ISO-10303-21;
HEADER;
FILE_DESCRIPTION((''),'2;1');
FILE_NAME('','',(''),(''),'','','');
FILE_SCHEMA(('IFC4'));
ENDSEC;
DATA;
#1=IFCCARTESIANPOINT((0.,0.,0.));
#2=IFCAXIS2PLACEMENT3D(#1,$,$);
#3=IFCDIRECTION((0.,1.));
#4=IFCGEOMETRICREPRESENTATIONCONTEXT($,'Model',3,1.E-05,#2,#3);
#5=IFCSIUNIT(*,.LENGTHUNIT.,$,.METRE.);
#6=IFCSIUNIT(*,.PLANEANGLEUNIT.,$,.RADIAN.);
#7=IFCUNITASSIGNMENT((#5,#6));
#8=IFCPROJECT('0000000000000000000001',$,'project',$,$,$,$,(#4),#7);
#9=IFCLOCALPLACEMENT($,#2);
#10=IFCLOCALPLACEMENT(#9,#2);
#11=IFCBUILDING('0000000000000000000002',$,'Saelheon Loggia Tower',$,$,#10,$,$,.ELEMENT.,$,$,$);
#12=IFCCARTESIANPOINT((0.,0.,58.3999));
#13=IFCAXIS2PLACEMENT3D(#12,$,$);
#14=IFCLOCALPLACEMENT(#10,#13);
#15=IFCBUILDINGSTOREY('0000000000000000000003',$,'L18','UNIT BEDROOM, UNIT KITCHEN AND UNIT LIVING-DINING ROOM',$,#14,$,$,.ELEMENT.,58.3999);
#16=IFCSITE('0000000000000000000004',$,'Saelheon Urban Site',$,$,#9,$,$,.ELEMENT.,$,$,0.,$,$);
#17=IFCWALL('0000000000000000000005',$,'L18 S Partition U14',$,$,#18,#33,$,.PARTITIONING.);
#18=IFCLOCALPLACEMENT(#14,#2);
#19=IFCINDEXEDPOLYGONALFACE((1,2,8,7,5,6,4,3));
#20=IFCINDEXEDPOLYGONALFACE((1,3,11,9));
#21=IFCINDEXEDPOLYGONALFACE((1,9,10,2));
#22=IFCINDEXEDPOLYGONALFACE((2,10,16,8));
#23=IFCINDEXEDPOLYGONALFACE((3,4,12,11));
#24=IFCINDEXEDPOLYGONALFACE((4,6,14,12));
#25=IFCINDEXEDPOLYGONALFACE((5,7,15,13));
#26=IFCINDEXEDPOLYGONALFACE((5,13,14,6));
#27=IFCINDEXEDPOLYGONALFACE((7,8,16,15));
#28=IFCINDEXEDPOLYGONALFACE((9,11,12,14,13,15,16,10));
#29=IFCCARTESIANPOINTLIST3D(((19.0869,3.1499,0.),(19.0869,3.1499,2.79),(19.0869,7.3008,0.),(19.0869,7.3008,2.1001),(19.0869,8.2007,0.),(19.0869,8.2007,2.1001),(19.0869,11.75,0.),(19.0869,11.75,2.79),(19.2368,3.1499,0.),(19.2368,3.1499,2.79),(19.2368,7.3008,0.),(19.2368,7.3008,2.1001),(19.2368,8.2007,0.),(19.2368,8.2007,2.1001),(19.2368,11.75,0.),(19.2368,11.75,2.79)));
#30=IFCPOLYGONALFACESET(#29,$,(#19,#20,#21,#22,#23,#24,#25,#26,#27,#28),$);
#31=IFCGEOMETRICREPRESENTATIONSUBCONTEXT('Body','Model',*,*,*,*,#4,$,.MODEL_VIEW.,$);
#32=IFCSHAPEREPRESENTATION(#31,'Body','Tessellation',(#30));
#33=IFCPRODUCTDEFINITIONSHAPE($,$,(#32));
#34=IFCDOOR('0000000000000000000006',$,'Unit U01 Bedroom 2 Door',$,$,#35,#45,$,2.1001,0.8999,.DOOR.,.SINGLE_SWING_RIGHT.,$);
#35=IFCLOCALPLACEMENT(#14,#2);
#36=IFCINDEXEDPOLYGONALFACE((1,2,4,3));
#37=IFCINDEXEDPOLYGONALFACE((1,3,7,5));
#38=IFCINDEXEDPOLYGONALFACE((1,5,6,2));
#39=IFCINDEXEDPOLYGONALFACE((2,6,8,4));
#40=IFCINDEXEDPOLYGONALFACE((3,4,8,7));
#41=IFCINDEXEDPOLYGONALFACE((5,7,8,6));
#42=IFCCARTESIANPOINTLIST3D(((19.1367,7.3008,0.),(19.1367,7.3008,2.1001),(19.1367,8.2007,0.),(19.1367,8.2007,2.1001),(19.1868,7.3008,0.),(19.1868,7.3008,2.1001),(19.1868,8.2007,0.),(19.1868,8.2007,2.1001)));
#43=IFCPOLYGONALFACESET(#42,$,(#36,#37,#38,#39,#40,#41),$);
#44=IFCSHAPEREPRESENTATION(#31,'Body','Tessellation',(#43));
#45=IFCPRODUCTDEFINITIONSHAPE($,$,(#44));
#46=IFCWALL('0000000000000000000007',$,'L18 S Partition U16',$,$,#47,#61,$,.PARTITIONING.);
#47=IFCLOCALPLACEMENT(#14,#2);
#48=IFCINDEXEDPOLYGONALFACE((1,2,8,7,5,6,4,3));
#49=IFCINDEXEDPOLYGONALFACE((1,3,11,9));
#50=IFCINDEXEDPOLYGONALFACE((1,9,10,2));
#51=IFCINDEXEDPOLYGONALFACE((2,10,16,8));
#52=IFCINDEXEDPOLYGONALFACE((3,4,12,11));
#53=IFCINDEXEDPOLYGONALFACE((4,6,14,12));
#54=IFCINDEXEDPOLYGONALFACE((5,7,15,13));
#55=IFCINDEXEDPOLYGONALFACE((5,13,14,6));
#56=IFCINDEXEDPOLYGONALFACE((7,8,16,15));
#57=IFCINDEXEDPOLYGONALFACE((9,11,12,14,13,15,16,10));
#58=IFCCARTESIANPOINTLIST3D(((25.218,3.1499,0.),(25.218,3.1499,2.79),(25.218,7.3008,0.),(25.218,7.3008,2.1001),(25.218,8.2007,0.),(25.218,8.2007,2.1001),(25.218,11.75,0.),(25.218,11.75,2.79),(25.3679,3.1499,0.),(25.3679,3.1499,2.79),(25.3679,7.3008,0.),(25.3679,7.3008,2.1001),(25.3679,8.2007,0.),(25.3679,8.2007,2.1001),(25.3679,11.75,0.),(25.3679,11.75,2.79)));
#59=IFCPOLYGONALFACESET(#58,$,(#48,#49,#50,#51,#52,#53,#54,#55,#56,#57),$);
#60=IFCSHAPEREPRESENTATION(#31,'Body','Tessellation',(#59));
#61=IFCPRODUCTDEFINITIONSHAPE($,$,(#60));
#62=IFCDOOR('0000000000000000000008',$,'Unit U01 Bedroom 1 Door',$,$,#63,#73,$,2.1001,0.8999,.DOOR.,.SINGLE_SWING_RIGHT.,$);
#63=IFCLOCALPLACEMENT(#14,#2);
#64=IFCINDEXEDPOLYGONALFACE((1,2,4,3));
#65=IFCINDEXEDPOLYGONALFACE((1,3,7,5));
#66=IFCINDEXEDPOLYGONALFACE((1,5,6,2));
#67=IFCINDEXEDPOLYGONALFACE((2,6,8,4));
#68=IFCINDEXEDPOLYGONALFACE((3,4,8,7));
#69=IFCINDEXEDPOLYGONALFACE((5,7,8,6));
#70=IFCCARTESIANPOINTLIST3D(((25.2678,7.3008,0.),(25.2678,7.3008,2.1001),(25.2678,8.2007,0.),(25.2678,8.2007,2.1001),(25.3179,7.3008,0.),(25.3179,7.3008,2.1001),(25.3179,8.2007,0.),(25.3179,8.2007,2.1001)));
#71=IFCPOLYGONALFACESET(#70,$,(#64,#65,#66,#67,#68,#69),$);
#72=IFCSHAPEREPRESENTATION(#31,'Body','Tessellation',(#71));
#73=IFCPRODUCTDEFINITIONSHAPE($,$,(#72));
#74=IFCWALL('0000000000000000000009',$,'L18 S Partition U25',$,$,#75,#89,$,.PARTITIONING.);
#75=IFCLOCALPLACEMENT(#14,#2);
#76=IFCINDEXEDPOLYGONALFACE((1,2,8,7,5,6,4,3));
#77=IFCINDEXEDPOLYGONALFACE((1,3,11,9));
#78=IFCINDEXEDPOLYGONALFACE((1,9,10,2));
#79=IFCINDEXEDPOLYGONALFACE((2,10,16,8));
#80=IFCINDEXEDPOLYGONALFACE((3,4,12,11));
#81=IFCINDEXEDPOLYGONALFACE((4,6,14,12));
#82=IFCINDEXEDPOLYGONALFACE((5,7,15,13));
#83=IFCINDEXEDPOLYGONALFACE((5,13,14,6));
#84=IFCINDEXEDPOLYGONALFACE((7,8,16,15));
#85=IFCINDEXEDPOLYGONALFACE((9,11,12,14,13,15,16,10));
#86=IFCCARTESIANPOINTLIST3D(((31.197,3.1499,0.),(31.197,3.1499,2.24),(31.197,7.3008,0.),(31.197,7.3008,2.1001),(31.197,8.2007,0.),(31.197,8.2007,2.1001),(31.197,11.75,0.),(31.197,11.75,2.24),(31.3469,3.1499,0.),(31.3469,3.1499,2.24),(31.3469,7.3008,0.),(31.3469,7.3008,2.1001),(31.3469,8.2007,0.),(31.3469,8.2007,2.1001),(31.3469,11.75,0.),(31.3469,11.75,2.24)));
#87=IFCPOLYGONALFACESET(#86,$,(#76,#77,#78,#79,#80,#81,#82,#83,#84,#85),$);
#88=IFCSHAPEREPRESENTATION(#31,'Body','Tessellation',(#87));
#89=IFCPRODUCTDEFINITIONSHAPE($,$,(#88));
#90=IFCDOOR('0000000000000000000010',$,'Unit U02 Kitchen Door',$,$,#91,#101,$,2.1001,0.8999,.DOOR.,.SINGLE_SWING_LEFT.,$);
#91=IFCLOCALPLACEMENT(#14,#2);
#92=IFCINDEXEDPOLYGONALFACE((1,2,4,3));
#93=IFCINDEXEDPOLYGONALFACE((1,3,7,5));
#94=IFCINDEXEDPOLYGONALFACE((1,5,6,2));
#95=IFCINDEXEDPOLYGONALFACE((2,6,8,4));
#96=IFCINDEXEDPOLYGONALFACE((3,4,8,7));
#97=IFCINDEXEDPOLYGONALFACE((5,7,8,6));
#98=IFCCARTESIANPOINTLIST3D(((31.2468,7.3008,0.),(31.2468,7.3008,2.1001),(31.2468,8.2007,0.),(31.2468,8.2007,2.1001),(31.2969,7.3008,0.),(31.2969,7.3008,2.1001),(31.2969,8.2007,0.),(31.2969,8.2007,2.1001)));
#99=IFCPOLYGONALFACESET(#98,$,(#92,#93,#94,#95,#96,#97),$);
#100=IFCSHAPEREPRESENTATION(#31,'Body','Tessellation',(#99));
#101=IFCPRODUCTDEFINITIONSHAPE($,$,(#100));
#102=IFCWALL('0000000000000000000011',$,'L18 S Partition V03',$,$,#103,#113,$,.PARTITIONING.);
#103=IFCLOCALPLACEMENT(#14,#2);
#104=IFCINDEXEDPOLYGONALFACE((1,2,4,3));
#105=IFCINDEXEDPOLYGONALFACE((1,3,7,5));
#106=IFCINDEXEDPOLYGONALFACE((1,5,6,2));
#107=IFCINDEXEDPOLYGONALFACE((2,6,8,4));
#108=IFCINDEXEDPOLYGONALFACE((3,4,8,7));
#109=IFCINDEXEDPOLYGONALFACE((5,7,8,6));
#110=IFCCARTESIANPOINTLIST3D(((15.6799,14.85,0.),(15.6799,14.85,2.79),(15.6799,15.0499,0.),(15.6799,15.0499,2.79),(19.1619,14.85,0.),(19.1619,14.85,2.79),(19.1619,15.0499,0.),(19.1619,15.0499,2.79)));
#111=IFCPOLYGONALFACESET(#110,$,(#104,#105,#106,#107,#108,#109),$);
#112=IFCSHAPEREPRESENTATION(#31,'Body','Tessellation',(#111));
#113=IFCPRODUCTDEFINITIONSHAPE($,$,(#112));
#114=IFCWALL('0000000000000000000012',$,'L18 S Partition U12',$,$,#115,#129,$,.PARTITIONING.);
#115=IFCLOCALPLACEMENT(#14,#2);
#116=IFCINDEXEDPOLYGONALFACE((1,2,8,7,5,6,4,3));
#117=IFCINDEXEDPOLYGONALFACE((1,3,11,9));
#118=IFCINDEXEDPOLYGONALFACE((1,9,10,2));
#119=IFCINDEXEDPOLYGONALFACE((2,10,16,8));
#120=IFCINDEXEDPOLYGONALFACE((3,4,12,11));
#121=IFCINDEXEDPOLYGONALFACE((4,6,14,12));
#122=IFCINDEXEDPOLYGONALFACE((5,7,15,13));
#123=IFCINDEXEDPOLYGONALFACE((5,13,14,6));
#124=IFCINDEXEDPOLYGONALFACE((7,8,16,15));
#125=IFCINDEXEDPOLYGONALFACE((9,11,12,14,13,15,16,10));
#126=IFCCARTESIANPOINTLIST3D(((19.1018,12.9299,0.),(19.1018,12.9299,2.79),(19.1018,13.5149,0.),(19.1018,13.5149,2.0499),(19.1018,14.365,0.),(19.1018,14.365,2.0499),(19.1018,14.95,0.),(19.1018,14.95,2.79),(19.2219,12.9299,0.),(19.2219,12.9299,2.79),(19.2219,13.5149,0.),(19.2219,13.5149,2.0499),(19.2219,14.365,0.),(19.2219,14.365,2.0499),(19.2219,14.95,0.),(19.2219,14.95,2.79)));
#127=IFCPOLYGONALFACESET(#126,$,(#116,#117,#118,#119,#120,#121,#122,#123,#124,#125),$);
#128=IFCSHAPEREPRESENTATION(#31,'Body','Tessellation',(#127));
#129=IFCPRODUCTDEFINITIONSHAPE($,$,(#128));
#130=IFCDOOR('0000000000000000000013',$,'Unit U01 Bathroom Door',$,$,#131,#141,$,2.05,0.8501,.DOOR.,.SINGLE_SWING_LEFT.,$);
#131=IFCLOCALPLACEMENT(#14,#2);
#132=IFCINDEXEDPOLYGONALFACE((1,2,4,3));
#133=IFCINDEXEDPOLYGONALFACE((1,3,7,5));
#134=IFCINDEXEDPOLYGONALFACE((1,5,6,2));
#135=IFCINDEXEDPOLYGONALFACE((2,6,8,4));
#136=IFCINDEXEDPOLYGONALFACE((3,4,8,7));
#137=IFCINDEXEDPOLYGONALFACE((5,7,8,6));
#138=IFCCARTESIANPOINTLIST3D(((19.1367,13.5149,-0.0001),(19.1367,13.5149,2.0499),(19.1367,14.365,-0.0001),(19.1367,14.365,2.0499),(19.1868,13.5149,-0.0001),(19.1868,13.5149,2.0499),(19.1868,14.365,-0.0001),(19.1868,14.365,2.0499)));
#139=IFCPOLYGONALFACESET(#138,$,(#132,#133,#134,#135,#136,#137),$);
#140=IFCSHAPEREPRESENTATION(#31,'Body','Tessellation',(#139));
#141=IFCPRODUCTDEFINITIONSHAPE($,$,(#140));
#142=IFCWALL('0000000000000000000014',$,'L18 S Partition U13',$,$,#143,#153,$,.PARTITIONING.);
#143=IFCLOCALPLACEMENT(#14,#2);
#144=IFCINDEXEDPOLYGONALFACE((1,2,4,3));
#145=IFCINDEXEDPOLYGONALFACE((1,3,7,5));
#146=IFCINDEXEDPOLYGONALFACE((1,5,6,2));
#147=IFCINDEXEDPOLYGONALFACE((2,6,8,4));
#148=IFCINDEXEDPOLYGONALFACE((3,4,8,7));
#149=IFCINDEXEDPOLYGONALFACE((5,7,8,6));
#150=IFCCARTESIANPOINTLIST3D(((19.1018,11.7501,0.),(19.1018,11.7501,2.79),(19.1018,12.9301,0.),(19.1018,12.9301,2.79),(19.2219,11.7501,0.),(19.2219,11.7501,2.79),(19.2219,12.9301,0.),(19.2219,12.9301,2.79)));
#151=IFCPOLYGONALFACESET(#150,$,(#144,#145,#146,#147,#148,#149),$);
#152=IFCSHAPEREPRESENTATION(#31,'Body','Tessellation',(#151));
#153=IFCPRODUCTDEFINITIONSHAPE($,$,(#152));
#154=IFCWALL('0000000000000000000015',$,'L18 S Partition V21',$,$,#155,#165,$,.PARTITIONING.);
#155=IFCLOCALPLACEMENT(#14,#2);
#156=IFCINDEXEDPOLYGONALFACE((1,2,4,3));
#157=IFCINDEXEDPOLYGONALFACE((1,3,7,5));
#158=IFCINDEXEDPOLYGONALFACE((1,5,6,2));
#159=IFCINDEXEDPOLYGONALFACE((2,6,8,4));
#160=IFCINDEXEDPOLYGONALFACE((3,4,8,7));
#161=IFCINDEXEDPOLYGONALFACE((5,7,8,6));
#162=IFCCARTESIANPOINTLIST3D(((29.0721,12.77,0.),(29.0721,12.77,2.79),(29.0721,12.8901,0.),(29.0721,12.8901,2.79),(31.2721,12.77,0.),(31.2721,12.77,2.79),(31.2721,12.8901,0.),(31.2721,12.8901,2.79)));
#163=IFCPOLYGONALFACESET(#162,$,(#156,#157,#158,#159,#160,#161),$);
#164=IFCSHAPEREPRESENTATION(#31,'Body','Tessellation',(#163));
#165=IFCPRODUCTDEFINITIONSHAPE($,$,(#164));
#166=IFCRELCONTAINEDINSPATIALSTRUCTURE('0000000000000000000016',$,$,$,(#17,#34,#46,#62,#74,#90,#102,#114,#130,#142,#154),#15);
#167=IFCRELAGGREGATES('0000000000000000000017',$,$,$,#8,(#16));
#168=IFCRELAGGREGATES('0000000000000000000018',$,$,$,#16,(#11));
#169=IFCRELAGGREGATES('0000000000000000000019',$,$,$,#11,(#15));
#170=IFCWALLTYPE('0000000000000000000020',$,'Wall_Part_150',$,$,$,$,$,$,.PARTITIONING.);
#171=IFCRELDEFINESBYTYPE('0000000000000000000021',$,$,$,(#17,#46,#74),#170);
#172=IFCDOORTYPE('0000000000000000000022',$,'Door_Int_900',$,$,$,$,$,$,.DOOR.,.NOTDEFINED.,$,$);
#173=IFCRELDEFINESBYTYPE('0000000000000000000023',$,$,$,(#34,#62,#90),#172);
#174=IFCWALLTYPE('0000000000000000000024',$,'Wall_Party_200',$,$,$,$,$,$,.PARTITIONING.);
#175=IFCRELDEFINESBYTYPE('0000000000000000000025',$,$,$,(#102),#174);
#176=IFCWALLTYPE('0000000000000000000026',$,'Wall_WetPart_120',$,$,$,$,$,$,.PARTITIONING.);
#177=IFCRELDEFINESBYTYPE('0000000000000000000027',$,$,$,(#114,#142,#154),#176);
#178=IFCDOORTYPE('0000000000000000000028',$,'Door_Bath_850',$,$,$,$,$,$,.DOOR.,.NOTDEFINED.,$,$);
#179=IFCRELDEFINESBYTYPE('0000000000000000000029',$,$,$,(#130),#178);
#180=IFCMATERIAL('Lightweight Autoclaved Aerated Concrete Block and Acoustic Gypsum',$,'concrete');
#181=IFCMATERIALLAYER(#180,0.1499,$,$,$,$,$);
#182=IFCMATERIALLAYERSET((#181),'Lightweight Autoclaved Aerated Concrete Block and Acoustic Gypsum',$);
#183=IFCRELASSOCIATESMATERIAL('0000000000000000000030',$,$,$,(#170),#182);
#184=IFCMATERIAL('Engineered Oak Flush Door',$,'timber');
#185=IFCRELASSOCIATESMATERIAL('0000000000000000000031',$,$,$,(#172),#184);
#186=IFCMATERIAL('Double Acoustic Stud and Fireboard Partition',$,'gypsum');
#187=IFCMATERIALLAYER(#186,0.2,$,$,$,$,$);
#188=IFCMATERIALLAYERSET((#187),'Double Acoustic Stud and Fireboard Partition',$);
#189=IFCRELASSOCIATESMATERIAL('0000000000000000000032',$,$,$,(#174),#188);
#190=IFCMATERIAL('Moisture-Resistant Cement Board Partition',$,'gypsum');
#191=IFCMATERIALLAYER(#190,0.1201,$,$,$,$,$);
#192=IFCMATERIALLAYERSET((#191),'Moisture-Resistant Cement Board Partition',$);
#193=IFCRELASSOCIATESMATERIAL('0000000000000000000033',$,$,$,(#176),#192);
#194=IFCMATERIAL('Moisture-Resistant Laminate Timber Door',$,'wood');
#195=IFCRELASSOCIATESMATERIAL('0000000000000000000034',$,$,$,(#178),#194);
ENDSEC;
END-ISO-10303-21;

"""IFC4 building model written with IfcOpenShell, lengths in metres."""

from ifc_helpers import new_model, si_unit, direction, frame, frame_2d, origin, place, context, subcontext, project, spatial, rectangle, extrude, source, transform, mapped, material, layer, layer_set, type_object, element, fill, save


model = new_model("IFC4")

# Units and contexts
model_context = context("Model", 3, precision=1e-05, world=origin(), true_north=direction((0.0, 1.0)))
body_context = subcontext(model_context, "Body", "Model", "MODEL_VIEW")
ifc_project = project(units=[si_unit("LENGTHUNIT", "METRE"), si_unit("PLANEANGLEUNIT", "RADIAN")], contexts=[model_context])

# Site, building, storey
site_placement = place(None, origin())
site = spatial("IfcSite", under=ifc_project, at=site_placement, Name="Saelheon Urban Site", CompositionType="ELEMENT", RefElevation=0.0)
building_placement = place(site_placement, origin())
building = spatial("IfcBuilding", under=site, at=building_placement, Name="Saelheon Loggia Tower", CompositionType="ELEMENT")
storey_placement = place(building_placement, frame((0.0, 0.0, 58.3999)))
storey = spatial("IfcBuildingStorey", under=building, at=storey_placement, Name="L18", Description="UNIT BEDROOM, UNIT KITCHEN AND UNIT LIVING-DINING ROOM", CompositionType="ELEMENT", Elevation=58.3999)

# Shared definitions
ifc_material_1 = material(Name="Lightweight Autoclaved Aerated Concrete Block and Acoustic Gypsum", Category="concrete")
ifc_layer_1 = layer(ifc_material_1, 0.1499)
ifc_layer_set_1 = layer_set([ifc_layer_1], Name="Lightweight Autoclaved Aerated Concrete Block and Acoustic Gypsum")
wall_type_1 = type_object("IfcWallType", Name="Wall_Part_150", PredefinedType="PARTITIONING", material=ifc_layer_set_1)
ifc_material_2 = material(Name="Engineered Oak Flush Door", Category="timber")
door_type_1 = type_object("IfcDoorType", Name="Door_Int_900", OperationType="NOTDEFINED", PredefinedType="DOOR", material=ifc_material_2)
shared_shape_1 = source(origin(), body_context, "Body", "SweptSolid", [
    extrude(rectangle(XDim=0.8999, YDim=2.1001, at=frame_2d((0.45, 1.05))), frame((0.0, 0.0249, 0.0), z_axis=(0.0, -1.0, 0.0), x_axis=(1.0, 0.0, 0.0)), (0.0, 0.0, 1.0), 0.05),
])

# Walls, openings, doors
wall_1_placement = place(storey_placement, frame((19.1619, 11.75, 0.0), z_axis=(0.0, 0.0, 1.0), x_axis=(0.0, -1.0, 0.0)))
wall_1 = element("IfcWall", 1, at=wall_1_placement, inside=storey, type_object=wall_type_1, Name="L18 S Partition U14", PredefinedType="PARTITIONING", context=body_context, shape_type="SweptSolid", body=[
    extrude(rectangle(XDim=8.6001, YDim=0.1499, at=frame_2d((4.3, 0.0))), origin(), (0.0, 0.0, 1.0), 2.79),
])
opening_1_placement = place(wall_1_placement, frame((3.5493, 0.0, 0.0)))
opening_1 = element("IfcOpeningElement", 2, at=opening_1_placement, cuts=wall_1, PredefinedType="OPENING", context=body_context, shape_type="SweptSolid", body=[
    extrude(rectangle(XDim=0.8999, YDim=2.1001, at=frame_2d((0.45, 1.05))), frame((0.0, 0.0869, 0.0), z_axis=(0.0, -1.0, 0.0), x_axis=(1.0, 0.0, 0.0)), (0.0, 0.0, 1.0), 0.1738),
])
door_1_placement = place(opening_1_placement, origin())
door_1 = element("IfcDoor", 3, at=door_1_placement, inside=storey, type_object=door_type_1, Name="Unit U01 Bedroom 2 Door", OperationType="SINGLE_SWING_RIGHT", OverallHeight=2.1001, OverallWidth=0.8999, PredefinedType="DOOR", context=body_context, shape_type="MappedRepresentation", body=[
    mapped(shared_shape_1, transform((0.0, 0.0, 0.0), scale=1.0)),
])
fill(opening_1, door_1)
wall_2_placement = place(storey_placement, frame((25.293, 11.75, 0.0), z_axis=(0.0, 0.0, 1.0), x_axis=(0.0, -1.0, 0.0)))
wall_2 = element("IfcWall", 4, at=wall_2_placement, inside=storey, type_object=wall_type_1, Name="L18 S Partition U16", PredefinedType="PARTITIONING", context=body_context, shape_type="SweptSolid", body=[
    extrude(rectangle(XDim=8.6001, YDim=0.1499, at=frame_2d((4.3, 0.0))), origin(), (0.0, 0.0, 1.0), 2.79),
])
opening_2_placement = place(wall_2_placement, frame((3.5493, 0.0, 0.0)))
opening_2 = element("IfcOpeningElement", 5, at=opening_2_placement, cuts=wall_2, PredefinedType="OPENING", context=body_context, shape_type="SweptSolid", body=[
    extrude(rectangle(XDim=0.8999, YDim=2.1001, at=frame_2d((0.45, 1.05))), frame((0.0, 0.0869, 0.0), z_axis=(0.0, -1.0, 0.0), x_axis=(1.0, 0.0, 0.0)), (0.0, 0.0, 1.0), 0.1738),
])
door_2_placement = place(opening_2_placement, origin())
door_2 = element("IfcDoor", 6, at=door_2_placement, inside=storey, type_object=door_type_1, Name="Unit U01 Bedroom 1 Door", OperationType="SINGLE_SWING_RIGHT", OverallHeight=2.1001, OverallWidth=0.8999, PredefinedType="DOOR", context=body_context, shape_type="MappedRepresentation", body=[
    mapped(shared_shape_1, transform((0.0, 0.0, 0.0), scale=1.0)),
])
fill(opening_2, door_2)
wall_3_placement = place(storey_placement, frame((31.272, 11.75, 0.0), z_axis=(0.0, 0.0, 1.0), x_axis=(0.0, -1.0, 0.0)))
wall_3 = element("IfcWall", 7, at=wall_3_placement, inside=storey, type_object=wall_type_1, Name="L18 S Partition U25", PredefinedType="PARTITIONING", context=body_context, shape_type="SweptSolid", body=[
    extrude(rectangle(XDim=8.6001, YDim=0.1499, at=frame_2d((4.3, 0.0))), origin(), (0.0, 0.0, 1.0), 2.24),
])
opening_3_placement = place(wall_3_placement, frame((3.5493, 0.0, 0.0)))
opening_3 = element("IfcOpeningElement", 8, at=opening_3_placement, cuts=wall_3, PredefinedType="OPENING", context=body_context, shape_type="SweptSolid", body=[
    extrude(rectangle(XDim=0.8999, YDim=2.1001, at=frame_2d((0.45, 1.05))), frame((0.0, 0.0869, 0.0), z_axis=(0.0, -1.0, 0.0), x_axis=(1.0, 0.0, 0.0)), (0.0, 0.0, 1.0), 0.1738),
])
door_3_placement = place(opening_3_placement, origin())
door_3 = element("IfcDoor", 9, at=door_3_placement, inside=storey, type_object=door_type_1, Name="Unit U02 Kitchen Door", OperationType="SINGLE_SWING_LEFT", OverallHeight=2.1001, OverallWidth=0.8999, PredefinedType="DOOR", context=body_context, shape_type="MappedRepresentation", body=[
    mapped(shared_shape_1, transform((0.0, 0.0, 0.0), scale=1.0)),
])
fill(opening_3, door_3)

# Wall
ifc_material_3 = material(Name="Double Acoustic Stud and Fireboard Partition", Category="gypsum")
ifc_layer_2 = layer(ifc_material_3, 0.2)
ifc_layer_set_2 = layer_set([ifc_layer_2], Name="Double Acoustic Stud and Fireboard Partition")
wall_type_2 = type_object("IfcWallType", Name="Wall_Party_200", PredefinedType="PARTITIONING", material=ifc_layer_set_2)
wall_4_placement = place(storey_placement, frame((15.6799, 14.95, 0.0), z_axis=(0.0, 0.0, 1.0), x_axis=(1.0, 0.0, 0.0)))
element("IfcWall", 10, at=wall_4_placement, inside=storey, type_object=wall_type_2, Name="L18 S Partition V03", PredefinedType="PARTITIONING", context=body_context, shape_type="SweptSolid", body=[
    extrude(rectangle(XDim=3.4819, YDim=0.2, at=frame_2d((1.741, 0.0))), origin(), (0.0, 0.0, 1.0), 2.79),
])

# Wall, opening, door
ifc_material_4 = material(Name="Moisture-Resistant Cement Board Partition", Category="gypsum")
ifc_layer_3 = layer(ifc_material_4, 0.1201)
ifc_layer_set_3 = layer_set([ifc_layer_3], Name="Moisture-Resistant Cement Board Partition")
wall_type_3 = type_object("IfcWallType", Name="Wall_WetPart_120", PredefinedType="PARTITIONING", material=ifc_layer_set_3)
wall_5_placement = place(storey_placement, frame((19.1619, 14.95, 0.0), z_axis=(0.0, 0.0, 1.0), x_axis=(0.0, -1.0, 0.0)))
wall_5 = element("IfcWall", 11, at=wall_5_placement, inside=storey, type_object=wall_type_3, Name="L18 S Partition U12", PredefinedType="PARTITIONING", context=body_context, shape_type="SweptSolid", body=[
    extrude(rectangle(XDim=2.02, YDim=0.1201, at=frame_2d((1.01, 0.0))), origin(), (0.0, 0.0, 1.0), 2.79),
])
opening_4_placement = place(wall_5_placement, frame((0.585, 0.0, 0.0)))
opening_4 = element("IfcOpeningElement", 12, at=opening_4_placement, cuts=wall_5, PredefinedType="OPENING", context=body_context, shape_type="SweptSolid", body=[
    extrude(rectangle(XDim=0.8501, YDim=2.05, at=frame_2d((0.425, 1.0249))), frame((0.0, 0.072, 0.0), z_axis=(0.0, -1.0, 0.0), x_axis=(1.0, 0.0, 0.0)), (0.0, 0.0, 1.0), 0.144),
])
ifc_material_5 = material(Name="Moisture-Resistant Laminate Timber Door", Category="wood")
door_type_2 = type_object("IfcDoorType", Name="Door_Bath_850", OperationType="NOTDEFINED", PredefinedType="DOOR", material=ifc_material_5)
shared_shape_2 = source(origin(), body_context, "Body", "SweptSolid", [
    extrude(rectangle(XDim=0.8501, YDim=2.05, at=frame_2d((0.425, 1.0249))), frame((0.0, 0.0249, 0.0), z_axis=(0.0, -1.0, 0.0), x_axis=(1.0, 0.0, 0.0)), (0.0, 0.0, 1.0), 0.05),
])
door_4_placement = place(opening_4_placement, origin())
door_4 = element("IfcDoor", 13, at=door_4_placement, inside=storey, type_object=door_type_2, Name="Unit U01 Bathroom Door", OperationType="SINGLE_SWING_LEFT", OverallHeight=2.05, OverallWidth=0.8501, PredefinedType="DOOR", context=body_context, shape_type="MappedRepresentation", body=[
    mapped(shared_shape_2, transform((0.0, 0.0, 0.0), scale=1.0)),
])
fill(opening_4, door_4)

# Walls
wall_6_placement = place(storey_placement, frame((19.1619, 12.9299, 0.0), z_axis=(0.0, 0.0, 1.0), x_axis=(0.0, -1.0, 0.0)))
element("IfcWall", 14, at=wall_6_placement, inside=storey, type_object=wall_type_3, Name="L18 S Partition U13", PredefinedType="PARTITIONING", context=body_context, shape_type="SweptSolid", body=[
    extrude(rectangle(XDim=1.1799, YDim=0.1201, at=frame_2d((0.5898, 0.0))), origin(), (0.0, 0.0, 1.0), 2.79),
])
wall_7_placement = place(storey_placement, frame((29.072, 12.8301, 0.0), z_axis=(0.0, 0.0, 1.0), x_axis=(1.0, 0.0, 0.0)))
element("IfcWall", 15, at=wall_7_placement, inside=storey, type_object=wall_type_3, Name="L18 S Partition V21", PredefinedType="PARTITIONING", context=body_context, shape_type="SweptSolid", body=[
    extrude(rectangle(XDim=2.2, YDim=0.1201, at=frame_2d((1.1001, 0.0))), origin(), (0.0, 0.0, 1.0), 2.79),
])

save(model, "model.ifc")
